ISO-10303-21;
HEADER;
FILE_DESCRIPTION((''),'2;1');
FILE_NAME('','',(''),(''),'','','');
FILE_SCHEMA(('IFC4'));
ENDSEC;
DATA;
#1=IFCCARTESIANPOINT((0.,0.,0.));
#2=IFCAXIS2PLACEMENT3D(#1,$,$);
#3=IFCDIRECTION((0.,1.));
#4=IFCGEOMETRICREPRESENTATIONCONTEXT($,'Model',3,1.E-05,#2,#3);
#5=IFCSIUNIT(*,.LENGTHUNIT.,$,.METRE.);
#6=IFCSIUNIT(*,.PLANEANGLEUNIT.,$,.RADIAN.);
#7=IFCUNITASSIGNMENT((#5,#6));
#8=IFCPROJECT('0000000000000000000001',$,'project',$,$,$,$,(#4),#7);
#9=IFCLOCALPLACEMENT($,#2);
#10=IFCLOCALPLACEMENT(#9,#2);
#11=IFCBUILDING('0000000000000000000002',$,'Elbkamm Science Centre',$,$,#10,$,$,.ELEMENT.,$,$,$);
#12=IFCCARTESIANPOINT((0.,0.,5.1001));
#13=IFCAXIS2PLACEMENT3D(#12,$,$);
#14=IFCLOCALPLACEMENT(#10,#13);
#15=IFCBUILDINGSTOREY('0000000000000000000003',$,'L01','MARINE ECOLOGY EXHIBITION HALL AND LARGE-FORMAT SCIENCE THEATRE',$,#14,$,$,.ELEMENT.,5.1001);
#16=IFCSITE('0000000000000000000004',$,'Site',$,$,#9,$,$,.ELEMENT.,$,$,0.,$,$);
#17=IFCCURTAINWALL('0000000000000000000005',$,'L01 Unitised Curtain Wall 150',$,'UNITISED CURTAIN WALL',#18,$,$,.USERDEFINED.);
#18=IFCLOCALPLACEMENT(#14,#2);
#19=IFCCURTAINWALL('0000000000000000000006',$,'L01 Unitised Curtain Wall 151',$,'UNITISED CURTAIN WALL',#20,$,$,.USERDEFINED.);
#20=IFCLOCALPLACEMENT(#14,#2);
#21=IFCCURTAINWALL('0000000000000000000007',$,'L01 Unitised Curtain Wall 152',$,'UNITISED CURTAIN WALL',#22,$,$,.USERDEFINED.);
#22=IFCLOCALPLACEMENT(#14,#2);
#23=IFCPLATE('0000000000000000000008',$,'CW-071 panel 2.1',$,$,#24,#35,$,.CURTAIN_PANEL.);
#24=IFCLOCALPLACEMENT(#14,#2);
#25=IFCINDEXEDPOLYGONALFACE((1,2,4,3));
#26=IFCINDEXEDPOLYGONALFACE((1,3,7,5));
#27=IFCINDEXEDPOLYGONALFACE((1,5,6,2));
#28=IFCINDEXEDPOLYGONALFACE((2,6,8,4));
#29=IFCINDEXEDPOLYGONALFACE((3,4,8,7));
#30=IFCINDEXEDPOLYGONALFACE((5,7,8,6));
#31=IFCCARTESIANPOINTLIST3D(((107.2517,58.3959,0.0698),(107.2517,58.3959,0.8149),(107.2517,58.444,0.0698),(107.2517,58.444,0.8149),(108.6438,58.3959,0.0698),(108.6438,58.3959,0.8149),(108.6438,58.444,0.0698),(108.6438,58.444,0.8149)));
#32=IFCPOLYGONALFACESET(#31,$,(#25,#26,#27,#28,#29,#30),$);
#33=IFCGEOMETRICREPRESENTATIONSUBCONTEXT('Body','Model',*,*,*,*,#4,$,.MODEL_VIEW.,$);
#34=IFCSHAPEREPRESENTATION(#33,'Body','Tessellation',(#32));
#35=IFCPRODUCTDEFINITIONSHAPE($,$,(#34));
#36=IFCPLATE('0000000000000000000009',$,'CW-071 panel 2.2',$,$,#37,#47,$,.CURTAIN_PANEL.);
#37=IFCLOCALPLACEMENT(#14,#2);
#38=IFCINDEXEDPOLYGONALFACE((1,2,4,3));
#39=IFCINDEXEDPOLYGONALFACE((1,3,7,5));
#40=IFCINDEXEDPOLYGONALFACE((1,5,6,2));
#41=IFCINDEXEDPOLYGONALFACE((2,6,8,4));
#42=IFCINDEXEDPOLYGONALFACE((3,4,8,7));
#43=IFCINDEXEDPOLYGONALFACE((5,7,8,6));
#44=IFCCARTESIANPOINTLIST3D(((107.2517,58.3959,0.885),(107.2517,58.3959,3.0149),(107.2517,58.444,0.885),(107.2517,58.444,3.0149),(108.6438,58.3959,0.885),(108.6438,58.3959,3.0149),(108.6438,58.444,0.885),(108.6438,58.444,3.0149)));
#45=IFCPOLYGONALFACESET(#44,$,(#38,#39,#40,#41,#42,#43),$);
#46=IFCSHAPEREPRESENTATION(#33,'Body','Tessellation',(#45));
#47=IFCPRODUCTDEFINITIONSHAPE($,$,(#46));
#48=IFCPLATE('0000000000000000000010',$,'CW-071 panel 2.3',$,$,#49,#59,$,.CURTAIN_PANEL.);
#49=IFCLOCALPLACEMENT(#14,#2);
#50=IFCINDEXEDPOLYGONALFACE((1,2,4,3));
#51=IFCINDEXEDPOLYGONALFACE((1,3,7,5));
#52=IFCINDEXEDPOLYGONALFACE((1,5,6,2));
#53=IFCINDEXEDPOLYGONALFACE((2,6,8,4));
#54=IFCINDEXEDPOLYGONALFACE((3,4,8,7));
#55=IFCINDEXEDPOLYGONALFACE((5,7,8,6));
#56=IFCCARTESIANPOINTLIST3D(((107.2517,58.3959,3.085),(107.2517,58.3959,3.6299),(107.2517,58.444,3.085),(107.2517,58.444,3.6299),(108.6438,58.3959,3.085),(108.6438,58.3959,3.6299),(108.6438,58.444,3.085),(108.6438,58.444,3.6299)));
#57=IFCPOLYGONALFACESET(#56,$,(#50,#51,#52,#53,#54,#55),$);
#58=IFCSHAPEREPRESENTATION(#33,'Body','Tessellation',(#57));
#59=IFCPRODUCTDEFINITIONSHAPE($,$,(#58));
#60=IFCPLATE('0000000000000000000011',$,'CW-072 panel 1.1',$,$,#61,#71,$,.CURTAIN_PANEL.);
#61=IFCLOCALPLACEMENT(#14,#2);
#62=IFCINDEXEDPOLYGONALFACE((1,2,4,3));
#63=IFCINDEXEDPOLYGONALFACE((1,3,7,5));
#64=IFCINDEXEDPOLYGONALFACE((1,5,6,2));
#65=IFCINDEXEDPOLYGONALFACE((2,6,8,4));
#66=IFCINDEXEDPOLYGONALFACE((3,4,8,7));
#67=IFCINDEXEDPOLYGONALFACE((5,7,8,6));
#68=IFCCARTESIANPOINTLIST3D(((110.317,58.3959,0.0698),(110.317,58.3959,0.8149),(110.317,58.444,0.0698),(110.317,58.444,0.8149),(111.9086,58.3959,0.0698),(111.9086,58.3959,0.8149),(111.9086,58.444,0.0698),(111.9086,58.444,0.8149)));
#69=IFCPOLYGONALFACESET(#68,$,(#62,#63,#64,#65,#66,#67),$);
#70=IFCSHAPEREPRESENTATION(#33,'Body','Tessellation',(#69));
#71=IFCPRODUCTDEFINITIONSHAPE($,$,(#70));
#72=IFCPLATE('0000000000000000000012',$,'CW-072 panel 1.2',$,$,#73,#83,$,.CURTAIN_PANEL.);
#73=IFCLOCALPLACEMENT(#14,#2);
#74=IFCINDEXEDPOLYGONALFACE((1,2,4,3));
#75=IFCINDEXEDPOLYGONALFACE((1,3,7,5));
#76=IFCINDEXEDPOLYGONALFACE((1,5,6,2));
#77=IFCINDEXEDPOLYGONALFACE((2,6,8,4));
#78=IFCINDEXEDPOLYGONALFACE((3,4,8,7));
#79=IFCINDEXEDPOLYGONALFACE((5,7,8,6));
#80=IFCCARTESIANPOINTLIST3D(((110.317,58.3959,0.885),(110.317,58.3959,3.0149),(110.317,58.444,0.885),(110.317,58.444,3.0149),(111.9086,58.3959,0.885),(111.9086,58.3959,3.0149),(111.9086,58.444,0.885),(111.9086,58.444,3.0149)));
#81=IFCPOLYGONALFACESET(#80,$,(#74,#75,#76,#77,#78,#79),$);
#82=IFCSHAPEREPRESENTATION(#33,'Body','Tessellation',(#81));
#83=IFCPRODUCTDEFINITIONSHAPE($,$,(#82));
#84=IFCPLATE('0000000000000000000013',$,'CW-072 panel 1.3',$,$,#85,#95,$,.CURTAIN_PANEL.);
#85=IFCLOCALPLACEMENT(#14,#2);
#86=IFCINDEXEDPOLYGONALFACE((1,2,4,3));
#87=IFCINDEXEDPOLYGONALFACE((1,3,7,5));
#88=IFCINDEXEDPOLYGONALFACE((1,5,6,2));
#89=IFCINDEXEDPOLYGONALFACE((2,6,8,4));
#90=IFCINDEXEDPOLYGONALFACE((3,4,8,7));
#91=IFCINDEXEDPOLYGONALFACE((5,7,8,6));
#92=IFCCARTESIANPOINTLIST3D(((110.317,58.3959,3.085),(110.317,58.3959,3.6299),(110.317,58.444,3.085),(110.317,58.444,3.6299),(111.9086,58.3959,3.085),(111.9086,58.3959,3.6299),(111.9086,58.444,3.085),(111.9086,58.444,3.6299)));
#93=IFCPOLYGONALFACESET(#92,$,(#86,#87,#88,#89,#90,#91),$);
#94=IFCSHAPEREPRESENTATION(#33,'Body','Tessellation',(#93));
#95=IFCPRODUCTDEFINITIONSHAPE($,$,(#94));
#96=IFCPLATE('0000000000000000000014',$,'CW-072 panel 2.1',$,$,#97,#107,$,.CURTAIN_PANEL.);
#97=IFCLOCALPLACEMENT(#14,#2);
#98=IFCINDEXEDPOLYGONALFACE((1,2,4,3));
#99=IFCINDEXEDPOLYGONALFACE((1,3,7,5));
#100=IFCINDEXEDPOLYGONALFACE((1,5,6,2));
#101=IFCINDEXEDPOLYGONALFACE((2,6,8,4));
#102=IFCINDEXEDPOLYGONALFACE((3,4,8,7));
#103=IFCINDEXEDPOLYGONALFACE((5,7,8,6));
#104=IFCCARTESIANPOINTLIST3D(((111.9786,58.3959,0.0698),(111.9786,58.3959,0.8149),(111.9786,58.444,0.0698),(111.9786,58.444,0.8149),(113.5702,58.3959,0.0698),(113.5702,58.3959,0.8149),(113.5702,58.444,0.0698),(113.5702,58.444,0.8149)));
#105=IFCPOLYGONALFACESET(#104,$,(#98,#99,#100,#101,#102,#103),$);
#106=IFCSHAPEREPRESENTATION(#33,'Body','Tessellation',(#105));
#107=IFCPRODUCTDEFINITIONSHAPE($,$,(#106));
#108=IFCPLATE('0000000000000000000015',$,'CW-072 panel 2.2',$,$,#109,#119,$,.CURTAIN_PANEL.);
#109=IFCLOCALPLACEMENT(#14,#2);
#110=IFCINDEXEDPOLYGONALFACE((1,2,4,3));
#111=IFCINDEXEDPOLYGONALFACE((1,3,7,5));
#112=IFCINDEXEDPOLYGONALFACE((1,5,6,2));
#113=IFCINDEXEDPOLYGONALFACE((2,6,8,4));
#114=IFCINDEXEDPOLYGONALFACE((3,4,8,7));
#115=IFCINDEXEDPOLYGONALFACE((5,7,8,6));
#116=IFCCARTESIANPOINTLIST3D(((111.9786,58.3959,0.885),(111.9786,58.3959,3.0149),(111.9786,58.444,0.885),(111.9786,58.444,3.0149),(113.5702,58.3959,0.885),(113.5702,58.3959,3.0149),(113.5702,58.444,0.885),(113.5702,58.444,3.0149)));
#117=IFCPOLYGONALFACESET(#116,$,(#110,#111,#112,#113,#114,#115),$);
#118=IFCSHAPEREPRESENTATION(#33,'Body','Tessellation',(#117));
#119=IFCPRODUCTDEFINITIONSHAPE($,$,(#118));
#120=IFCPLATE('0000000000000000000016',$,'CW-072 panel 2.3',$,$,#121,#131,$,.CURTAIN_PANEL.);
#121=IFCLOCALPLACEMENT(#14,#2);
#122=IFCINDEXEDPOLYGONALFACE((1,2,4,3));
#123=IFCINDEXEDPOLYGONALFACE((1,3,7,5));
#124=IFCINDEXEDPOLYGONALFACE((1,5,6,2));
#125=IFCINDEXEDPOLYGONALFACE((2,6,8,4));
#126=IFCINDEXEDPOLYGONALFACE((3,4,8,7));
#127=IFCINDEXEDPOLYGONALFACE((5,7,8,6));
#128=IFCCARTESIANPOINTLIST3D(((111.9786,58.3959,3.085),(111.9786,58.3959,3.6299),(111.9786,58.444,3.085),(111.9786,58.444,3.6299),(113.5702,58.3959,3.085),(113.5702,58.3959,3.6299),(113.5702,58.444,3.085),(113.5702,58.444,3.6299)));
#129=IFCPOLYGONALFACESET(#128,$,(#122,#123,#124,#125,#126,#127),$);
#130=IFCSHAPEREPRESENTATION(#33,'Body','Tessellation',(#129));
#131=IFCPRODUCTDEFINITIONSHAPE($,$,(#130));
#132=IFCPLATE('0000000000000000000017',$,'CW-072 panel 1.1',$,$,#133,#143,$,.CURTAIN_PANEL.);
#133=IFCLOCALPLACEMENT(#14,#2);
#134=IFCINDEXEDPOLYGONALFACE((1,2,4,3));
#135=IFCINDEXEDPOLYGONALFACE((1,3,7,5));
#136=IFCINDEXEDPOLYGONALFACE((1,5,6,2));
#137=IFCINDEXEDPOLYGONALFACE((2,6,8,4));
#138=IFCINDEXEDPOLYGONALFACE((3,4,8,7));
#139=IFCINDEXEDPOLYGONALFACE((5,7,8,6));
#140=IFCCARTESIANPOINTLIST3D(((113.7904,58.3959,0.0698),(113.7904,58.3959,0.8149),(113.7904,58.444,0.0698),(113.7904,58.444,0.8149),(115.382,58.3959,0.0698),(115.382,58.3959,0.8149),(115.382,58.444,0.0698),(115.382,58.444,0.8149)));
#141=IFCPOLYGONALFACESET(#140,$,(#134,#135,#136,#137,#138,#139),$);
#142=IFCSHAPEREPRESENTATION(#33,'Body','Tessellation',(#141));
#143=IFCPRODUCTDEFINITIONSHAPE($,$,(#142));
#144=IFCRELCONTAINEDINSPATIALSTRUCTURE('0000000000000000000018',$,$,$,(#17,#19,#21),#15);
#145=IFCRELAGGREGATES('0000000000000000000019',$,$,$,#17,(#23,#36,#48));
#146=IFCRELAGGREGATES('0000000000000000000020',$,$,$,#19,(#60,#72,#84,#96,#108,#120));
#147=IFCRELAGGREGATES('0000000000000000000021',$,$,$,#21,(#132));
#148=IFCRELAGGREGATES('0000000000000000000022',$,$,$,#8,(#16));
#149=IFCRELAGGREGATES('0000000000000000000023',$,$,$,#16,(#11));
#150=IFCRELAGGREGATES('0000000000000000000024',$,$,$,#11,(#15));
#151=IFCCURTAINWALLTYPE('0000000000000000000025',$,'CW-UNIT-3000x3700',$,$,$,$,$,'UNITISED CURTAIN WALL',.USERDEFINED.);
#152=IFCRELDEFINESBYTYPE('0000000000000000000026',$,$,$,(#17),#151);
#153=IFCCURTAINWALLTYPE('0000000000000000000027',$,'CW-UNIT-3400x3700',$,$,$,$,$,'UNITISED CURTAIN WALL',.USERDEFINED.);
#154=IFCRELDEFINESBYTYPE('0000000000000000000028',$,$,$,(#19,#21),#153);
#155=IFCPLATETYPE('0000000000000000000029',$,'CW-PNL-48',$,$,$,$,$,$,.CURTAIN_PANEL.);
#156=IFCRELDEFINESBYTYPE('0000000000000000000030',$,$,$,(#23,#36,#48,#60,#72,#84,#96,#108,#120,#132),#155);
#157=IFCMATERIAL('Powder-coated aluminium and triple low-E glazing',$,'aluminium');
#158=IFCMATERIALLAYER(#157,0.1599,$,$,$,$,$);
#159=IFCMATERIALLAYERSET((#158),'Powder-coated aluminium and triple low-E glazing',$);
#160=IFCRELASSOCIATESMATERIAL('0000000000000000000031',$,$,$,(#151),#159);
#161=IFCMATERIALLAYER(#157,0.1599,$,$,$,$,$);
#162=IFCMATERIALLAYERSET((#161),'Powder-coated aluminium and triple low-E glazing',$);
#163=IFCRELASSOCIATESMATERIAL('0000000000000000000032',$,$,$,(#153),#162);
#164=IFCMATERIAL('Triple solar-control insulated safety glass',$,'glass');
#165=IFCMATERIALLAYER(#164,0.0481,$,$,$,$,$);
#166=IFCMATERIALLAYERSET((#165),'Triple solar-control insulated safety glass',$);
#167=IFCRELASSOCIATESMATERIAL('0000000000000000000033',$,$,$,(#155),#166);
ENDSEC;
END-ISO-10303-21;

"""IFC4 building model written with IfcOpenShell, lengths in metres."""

from ifc_helpers import new_model, si_unit, direction, frame, origin, origin_2d, place, context, subcontext, project, spatial, rectangle, extrude, material, layer, layer_set, type_object, element, aggregate, save


model = new_model("IFC4")

# Units and contexts
model_context = context("Model", 3, precision=1e-05, world=origin(), true_north=direction((0.0, 1.0)))
body_context = subcontext(model_context, "Body", "Model", "MODEL_VIEW")
ifc_project = project(units=[si_unit("LENGTHUNIT", "METRE"), si_unit("PLANEANGLEUNIT", "RADIAN")], contexts=[model_context])

# Site, building, storey
site_placement = place(None, origin())
site = spatial("IfcSite", under=ifc_project, at=site_placement, Name="Site", CompositionType="ELEMENT", RefElevation=0.0)
building_placement = place(site_placement, origin())
building = spatial("IfcBuilding", under=site, at=building_placement, Name="Elbkamm Science Centre", CompositionType="ELEMENT")
storey_placement = place(building_placement, frame((0.0, 0.0, 5.1001)))
storey = spatial("IfcBuildingStorey", under=building, at=storey_placement, Name="L01", Description="MARINE ECOLOGY EXHIBITION HALL AND LARGE-FORMAT SCIENCE THEATRE", CompositionType="ELEMENT", Elevation=5.1001)

# Curtain walls
ifc_material_1 = material(Name="Powder-coated aluminium and triple low-E glazing", Category="aluminium")
ifc_layer_1 = layer(ifc_material_1, 0.1599)
ifc_layer_set_1 = layer_set([ifc_layer_1], Name="Powder-coated aluminium and triple low-E glazing")
curtain_wall_type_1 = type_object("IfcCurtainWallType", Name="CW-UNIT-3000x3700", ElementType="UNITISED CURTAIN WALL", PredefinedType="USERDEFINED", material=ifc_layer_set_1)
curtain_wall_1_placement = place(storey_placement, origin())
curtain_wall_1 = element("IfcCurtainWall", 1, at=curtain_wall_1_placement, inside=storey, type_object=curtain_wall_type_1, Name="L01 Unitised Curtain Wall 150", ObjectType="UNITISED CURTAIN WALL", PredefinedType="USERDEFINED")
ifc_layer_2 = layer(ifc_material_1, 0.1599)
ifc_layer_set_2 = layer_set([ifc_layer_2], Name="Powder-coated aluminium and triple low-E glazing")
curtain_wall_type_2 = type_object("IfcCurtainWallType", Name="CW-UNIT-3400x3700", ElementType="UNITISED CURTAIN WALL", PredefinedType="USERDEFINED", material=ifc_layer_set_2)
curtain_wall_2_placement = place(storey_placement, origin())
curtain_wall_2 = element("IfcCurtainWall", 2, at=curtain_wall_2_placement, inside=storey, type_object=curtain_wall_type_2, Name="L01 Unitised Curtain Wall 151", ObjectType="UNITISED CURTAIN WALL", PredefinedType="USERDEFINED")

# Curtain wall
curtain_wall_3_placement = place(storey_placement, origin())
curtain_wall_3 = element("IfcCurtainWall", 3, at=curtain_wall_3_placement, inside=storey, type_object=curtain_wall_type_2, Name="L01 Unitised Curtain Wall 152", ObjectType="UNITISED CURTAIN WALL", PredefinedType="USERDEFINED")

# Plates
ifc_material_2 = material(Name="Triple solar-control insulated safety glass", Category="glass")
ifc_layer_3 = layer(ifc_material_2, 0.0481)
ifc_layer_set_3 = layer_set([ifc_layer_3], Name="Triple solar-control insulated safety glass")
plate_type = type_object("IfcPlateType", Name="CW-PNL-48", PredefinedType="CURTAIN_PANEL", material=ifc_layer_set_3)
plate_1_placement = place(storey_placement, frame((107.9478, 58.4199, 0.0698), z_axis=(0.0, 0.0, 1.0), x_axis=(1.0, 0.0, 0.0)))
plate_1 = element("IfcPlate", 4, at=plate_1_placement, type_object=plate_type, Name="CW-071 panel 2.1", PredefinedType="CURTAIN_PANEL", context=body_context, shape_type="SweptSolid", body=[
    extrude(rectangle(XDim=1.3921, YDim=0.0481, at=origin_2d()), origin(), (0.0, 0.0, 1.0), 0.7451),
])
plate_2_placement = place(storey_placement, frame((107.9478, 58.4199, 0.885), z_axis=(0.0, 0.0, 1.0), x_axis=(1.0, 0.0, 0.0)))
plate_2 = element("IfcPlate", 5, at=plate_2_placement, type_object=plate_type, Name="CW-071 panel 2.2", PredefinedType="CURTAIN_PANEL", context=body_context, shape_type="SweptSolid", body=[
    extrude(rectangle(XDim=1.3921, YDim=0.0481, at=origin_2d()), origin(), (0.0, 0.0, 1.0), 2.1299),
])
plate_3_placement = place(storey_placement, frame((107.9478, 58.4199, 3.085), z_axis=(0.0, 0.0, 1.0), x_axis=(1.0, 0.0, 0.0)))
plate_3 = element("IfcPlate", 6, at=plate_3_placement, type_object=plate_type, Name="CW-071 panel 2.3", PredefinedType="CURTAIN_PANEL", context=body_context, shape_type="SweptSolid", body=[
    extrude(rectangle(XDim=1.3921, YDim=0.0481, at=origin_2d()), origin(), (0.0, 0.0, 1.0), 0.5449),
])
aggregate(curtain_wall_1, [plate_1, plate_2, plate_3])
plate_4_placement = place(storey_placement, frame((111.1128, 58.4199, 0.0698), z_axis=(0.0, 0.0, 1.0), x_axis=(1.0, 0.0, 0.0)))
plate_4 = element("IfcPlate", 7, at=plate_4_placement, type_object=plate_type, Name="CW-072 panel 1.1", PredefinedType="CURTAIN_PANEL", context=body_context, shape_type="SweptSolid", body=[
    extrude(rectangle(XDim=1.5916, YDim=0.0481, at=origin_2d()), origin(), (0.0, 0.0, 1.0), 0.7451),
])
plate_5_placement = place(storey_placement, frame((111.1128, 58.4199, 0.885), z_axis=(0.0, 0.0, 1.0), x_axis=(1.0, 0.0, 0.0)))
plate_5 = element("IfcPlate", 8, at=plate_5_placement, type_object=plate_type, Name="CW-072 panel 1.2", PredefinedType="CURTAIN_PANEL", context=body_context, shape_type="SweptSolid", body=[
    extrude(rectangle(XDim=1.5916, YDim=0.0481, at=origin_2d()), origin(), (0.0, 0.0, 1.0), 2.1299),
])
plate_6_placement = place(storey_placement, frame((111.1128, 58.4199, 3.085), z_axis=(0.0, 0.0, 1.0), x_axis=(1.0, 0.0, 0.0)))
plate_6 = element("IfcPlate", 9, at=plate_6_placement, type_object=plate_type, Name="CW-072 panel 1.3", PredefinedType="CURTAIN_PANEL", context=body_context, shape_type="SweptSolid", body=[
    extrude(rectangle(XDim=1.5916, YDim=0.0481, at=origin_2d()), origin(), (0.0, 0.0, 1.0), 0.5449),
])
plate_7_placement = place(storey_placement, frame((112.7744, 58.4199, 0.0698), z_axis=(0.0, 0.0, 1.0), x_axis=(1.0, 0.0, 0.0)))
plate_7 = element("IfcPlate", 10, at=plate_7_placement, type_object=plate_type, Name="CW-072 panel 2.1", PredefinedType="CURTAIN_PANEL", context=body_context, shape_type="SweptSolid", body=[
    extrude(rectangle(XDim=1.5916, YDim=0.0481, at=origin_2d()), origin(), (0.0, 0.0, 1.0), 0.7451),
])
plate_8_placement = place(storey_placement, frame((112.7744, 58.4199, 0.885), z_axis=(0.0, 0.0, 1.0), x_axis=(1.0, 0.0, 0.0)))
plate_8 = element("IfcPlate", 11, at=plate_8_placement, type_object=plate_type, Name="CW-072 panel 2.2", PredefinedType="CURTAIN_PANEL", context=body_context, shape_type="SweptSolid", body=[
    extrude(rectangle(XDim=1.5916, YDim=0.0481, at=origin_2d()), origin(), (0.0, 0.0, 1.0), 2.1299),
])
plate_9_placement = place(storey_placement, frame((112.7744, 58.4199, 3.085), z_axis=(0.0, 0.0, 1.0), x_axis=(1.0, 0.0, 0.0)))
plate_9 = element("IfcPlate", 12, at=plate_9_placement, type_object=plate_type, Name="CW-072 panel 2.3", PredefinedType="CURTAIN_PANEL", context=body_context, shape_type="SweptSolid", body=[
    extrude(rectangle(XDim=1.5916, YDim=0.0481, at=origin_2d()), origin(), (0.0, 0.0, 1.0), 0.5449),
])
aggregate(curtain_wall_2, [plate_4, plate_5, plate_6, plate_7, plate_8, plate_9])
plate_10_placement = place(storey_placement, frame((114.5862, 58.4199, 0.0698), z_axis=(0.0, 0.0, 1.0), x_axis=(1.0, 0.0, 0.0)))
plate_10 = element("IfcPlate", 13, at=plate_10_placement, type_object=plate_type, Name="CW-072 panel 1.1", PredefinedType="CURTAIN_PANEL", context=body_context, shape_type="SweptSolid", body=[
    extrude(rectangle(XDim=1.5916, YDim=0.0481, at=origin_2d()), origin(), (0.0, 0.0, 1.0), 0.7451),
])
aggregate(curtain_wall_3, [plate_10])

save(model, "model.ifc")
